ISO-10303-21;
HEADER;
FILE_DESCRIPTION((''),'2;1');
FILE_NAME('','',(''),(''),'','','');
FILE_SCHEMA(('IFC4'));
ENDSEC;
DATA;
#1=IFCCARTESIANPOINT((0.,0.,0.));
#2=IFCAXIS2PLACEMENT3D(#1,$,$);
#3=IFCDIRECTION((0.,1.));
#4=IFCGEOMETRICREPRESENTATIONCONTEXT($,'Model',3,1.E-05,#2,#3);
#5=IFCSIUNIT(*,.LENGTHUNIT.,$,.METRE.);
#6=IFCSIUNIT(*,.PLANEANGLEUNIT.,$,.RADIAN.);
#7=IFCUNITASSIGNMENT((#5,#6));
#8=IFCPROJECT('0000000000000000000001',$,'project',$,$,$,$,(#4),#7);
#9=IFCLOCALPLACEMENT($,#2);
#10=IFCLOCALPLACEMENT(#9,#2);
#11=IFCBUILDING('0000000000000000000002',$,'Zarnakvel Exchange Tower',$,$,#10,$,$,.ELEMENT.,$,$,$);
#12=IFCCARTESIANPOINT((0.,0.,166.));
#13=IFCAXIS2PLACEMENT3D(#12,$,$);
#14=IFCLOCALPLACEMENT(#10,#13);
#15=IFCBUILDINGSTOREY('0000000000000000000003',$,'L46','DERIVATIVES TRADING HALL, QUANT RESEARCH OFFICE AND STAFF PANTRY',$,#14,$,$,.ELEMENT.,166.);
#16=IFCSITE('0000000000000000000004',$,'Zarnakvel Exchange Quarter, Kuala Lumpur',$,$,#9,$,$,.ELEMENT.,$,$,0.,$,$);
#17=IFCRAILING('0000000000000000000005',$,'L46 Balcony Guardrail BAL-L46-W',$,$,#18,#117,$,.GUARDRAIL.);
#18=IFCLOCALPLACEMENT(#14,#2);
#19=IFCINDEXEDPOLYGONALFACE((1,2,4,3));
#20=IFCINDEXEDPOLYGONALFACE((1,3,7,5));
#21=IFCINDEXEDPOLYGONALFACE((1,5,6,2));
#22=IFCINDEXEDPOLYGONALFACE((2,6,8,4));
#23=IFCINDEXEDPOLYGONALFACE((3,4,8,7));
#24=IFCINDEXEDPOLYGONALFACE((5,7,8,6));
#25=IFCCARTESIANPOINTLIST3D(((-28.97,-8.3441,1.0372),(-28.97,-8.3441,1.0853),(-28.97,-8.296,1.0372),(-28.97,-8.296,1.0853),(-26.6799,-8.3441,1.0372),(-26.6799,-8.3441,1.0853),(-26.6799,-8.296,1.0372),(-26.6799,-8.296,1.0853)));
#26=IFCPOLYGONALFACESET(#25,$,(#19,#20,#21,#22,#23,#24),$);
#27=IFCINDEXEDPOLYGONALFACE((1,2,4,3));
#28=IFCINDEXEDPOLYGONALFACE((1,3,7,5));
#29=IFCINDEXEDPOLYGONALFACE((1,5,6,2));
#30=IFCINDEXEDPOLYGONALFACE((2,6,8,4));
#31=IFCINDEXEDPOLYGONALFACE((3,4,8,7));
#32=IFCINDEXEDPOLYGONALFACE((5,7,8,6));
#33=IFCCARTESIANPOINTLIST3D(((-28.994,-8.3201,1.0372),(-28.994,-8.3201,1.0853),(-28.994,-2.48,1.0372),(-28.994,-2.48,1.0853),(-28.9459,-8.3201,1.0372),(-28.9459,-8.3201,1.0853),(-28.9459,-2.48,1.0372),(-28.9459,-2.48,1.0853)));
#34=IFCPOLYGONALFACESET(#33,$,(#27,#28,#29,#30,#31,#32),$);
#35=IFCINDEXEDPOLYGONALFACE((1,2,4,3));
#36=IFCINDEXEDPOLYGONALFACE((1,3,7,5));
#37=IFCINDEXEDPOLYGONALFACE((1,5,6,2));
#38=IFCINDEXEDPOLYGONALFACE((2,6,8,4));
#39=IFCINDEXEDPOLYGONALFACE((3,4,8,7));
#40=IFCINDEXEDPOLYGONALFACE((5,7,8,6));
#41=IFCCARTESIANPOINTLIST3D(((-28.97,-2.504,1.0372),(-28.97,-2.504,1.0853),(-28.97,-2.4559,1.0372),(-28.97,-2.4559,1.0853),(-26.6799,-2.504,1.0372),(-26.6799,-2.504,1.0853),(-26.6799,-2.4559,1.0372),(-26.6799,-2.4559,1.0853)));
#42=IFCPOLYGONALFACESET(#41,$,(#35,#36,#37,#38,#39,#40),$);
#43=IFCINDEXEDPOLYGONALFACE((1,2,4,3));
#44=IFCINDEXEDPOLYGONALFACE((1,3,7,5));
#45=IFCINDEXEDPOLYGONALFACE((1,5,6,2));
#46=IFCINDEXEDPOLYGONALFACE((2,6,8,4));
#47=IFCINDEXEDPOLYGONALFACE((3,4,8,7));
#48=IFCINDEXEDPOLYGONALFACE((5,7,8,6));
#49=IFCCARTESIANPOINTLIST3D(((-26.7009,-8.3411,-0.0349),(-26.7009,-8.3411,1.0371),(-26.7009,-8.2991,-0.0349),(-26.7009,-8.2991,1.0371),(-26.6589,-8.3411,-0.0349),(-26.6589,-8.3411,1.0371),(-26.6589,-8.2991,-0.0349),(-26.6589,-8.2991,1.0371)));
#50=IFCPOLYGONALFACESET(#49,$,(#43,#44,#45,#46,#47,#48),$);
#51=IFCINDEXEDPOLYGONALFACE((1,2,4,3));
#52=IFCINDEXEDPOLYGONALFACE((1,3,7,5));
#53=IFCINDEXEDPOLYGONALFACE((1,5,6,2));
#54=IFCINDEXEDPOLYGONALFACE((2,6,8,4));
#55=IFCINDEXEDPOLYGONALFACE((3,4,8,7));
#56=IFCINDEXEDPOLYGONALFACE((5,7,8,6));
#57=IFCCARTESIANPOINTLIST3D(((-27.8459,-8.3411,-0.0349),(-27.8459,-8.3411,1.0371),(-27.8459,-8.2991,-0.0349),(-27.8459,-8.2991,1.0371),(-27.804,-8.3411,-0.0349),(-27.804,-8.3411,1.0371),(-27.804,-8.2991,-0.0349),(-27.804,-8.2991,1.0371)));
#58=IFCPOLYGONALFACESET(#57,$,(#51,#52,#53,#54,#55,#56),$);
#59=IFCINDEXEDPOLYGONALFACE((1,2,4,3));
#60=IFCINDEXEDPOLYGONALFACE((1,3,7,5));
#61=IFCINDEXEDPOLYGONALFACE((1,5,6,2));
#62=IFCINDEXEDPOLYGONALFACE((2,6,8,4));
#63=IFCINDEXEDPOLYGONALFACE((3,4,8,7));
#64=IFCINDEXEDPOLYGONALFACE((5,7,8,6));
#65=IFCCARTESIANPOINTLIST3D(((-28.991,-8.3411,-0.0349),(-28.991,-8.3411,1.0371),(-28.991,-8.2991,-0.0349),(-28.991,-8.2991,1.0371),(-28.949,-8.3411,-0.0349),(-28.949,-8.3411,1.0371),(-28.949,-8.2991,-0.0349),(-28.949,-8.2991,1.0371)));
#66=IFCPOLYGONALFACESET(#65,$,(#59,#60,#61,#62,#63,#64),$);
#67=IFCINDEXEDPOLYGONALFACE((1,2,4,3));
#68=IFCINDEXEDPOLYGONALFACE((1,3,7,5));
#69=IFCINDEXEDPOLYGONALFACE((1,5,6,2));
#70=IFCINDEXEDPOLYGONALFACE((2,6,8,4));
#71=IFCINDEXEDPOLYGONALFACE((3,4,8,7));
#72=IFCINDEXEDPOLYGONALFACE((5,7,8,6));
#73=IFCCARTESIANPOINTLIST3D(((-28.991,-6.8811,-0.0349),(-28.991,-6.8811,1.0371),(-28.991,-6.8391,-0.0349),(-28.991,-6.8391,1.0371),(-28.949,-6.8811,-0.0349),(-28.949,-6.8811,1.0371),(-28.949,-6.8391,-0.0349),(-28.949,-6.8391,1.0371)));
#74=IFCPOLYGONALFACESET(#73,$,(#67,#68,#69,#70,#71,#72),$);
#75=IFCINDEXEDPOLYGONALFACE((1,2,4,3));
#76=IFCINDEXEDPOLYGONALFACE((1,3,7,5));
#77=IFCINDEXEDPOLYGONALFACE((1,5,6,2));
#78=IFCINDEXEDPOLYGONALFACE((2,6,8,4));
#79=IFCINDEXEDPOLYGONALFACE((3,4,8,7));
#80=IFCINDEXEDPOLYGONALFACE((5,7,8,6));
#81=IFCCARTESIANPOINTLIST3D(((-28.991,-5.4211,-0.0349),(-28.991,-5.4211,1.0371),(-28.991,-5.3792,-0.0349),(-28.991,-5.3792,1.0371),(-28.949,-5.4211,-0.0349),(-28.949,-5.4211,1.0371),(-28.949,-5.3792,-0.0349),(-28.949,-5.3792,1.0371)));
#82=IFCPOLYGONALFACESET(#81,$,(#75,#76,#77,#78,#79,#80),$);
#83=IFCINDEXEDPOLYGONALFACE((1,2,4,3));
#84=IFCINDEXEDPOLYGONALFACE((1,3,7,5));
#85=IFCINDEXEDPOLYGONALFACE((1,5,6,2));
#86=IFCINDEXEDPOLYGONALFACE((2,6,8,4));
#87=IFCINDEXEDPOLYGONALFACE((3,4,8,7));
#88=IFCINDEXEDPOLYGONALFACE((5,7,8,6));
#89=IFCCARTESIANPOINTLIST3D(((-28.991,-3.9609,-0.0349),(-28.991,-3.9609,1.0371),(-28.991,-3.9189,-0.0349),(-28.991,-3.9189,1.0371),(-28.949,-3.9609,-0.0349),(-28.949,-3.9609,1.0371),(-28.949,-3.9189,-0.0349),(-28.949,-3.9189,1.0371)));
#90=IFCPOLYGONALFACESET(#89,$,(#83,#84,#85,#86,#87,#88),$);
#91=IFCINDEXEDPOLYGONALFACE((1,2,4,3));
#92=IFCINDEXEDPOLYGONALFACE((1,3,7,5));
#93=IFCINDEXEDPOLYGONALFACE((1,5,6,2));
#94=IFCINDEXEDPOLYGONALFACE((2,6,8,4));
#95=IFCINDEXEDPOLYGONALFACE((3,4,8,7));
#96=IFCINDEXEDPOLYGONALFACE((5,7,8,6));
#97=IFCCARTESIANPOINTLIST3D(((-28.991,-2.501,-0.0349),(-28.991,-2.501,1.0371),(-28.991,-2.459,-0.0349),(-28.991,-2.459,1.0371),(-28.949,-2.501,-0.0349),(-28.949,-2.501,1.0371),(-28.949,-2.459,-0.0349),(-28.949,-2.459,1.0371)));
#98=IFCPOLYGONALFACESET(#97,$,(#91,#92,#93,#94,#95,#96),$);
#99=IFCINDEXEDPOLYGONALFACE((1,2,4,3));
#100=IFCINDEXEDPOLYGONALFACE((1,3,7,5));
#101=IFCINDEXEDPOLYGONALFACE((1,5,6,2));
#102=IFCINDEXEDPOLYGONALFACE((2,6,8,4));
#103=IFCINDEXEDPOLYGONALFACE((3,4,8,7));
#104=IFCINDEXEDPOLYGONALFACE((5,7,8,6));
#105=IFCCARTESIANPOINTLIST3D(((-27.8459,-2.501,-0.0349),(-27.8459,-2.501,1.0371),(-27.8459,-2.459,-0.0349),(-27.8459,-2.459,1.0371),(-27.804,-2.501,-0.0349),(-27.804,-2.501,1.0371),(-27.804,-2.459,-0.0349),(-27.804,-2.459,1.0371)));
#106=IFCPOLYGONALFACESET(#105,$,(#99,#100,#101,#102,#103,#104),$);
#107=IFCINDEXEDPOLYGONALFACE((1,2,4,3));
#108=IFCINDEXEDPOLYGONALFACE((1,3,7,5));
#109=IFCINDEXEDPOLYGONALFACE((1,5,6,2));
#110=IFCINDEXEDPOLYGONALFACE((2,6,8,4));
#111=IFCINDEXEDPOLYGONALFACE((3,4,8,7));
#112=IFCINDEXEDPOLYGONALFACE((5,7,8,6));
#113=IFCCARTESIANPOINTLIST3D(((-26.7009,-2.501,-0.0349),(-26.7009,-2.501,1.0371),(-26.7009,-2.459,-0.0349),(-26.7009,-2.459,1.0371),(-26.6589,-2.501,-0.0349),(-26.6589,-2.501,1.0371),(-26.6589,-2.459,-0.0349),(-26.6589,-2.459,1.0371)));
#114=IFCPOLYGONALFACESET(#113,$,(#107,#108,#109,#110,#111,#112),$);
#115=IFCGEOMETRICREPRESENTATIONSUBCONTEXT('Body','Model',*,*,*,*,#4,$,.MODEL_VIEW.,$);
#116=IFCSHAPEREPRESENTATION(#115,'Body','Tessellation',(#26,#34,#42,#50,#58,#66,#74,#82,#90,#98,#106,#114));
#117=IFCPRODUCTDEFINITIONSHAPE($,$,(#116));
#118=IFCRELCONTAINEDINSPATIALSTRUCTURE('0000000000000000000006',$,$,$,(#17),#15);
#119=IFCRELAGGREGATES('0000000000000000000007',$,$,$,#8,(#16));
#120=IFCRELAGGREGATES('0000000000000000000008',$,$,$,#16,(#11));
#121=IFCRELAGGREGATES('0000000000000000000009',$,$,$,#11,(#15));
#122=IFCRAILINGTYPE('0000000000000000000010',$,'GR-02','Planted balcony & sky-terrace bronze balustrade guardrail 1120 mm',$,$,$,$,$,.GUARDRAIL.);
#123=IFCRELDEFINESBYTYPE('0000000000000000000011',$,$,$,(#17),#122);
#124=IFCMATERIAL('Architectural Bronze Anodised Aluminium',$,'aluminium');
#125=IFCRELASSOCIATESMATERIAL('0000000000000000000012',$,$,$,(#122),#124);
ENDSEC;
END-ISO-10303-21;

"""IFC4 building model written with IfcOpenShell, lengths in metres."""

from ifc_helpers import new_model, si_unit, direction, frame, origin, origin_2d, place, context, subcontext, project, spatial, rectangle, extrude, material, type_object, element, save


model = new_model("IFC4")

# Units and contexts
model_context = context("Model", 3, precision=1e-05, world=origin(), true_north=direction((0.0, 1.0)))
body_context = subcontext(model_context, "Body", "Model", "MODEL_VIEW")
ifc_project = project(units=[si_unit("LENGTHUNIT", "METRE"), si_unit("PLANEANGLEUNIT", "RADIAN")], contexts=[model_context])

# Site, building, storey
site_placement = place(None, origin())
site = spatial("IfcSite", under=ifc_project, at=site_placement, Name="Zarnakvel Exchange Quarter, Kuala Lumpur", CompositionType="ELEMENT", RefElevation=0.0)
building_placement = place(site_placement, origin())
building = spatial("IfcBuilding", under=site, at=building_placement, Name="Zarnakvel Exchange Tower", CompositionType="ELEMENT")
storey_placement = place(building_placement, frame((0.0, 0.0, 166.0)))
storey = spatial("IfcBuildingStorey", under=building, at=storey_placement, Name="L46", Description="DERIVATIVES TRADING HALL, QUANT RESEARCH OFFICE AND STAFF PANTRY", CompositionType="ELEMENT", Elevation=166.0)

# Shared definitions
ifc_material_1 = material(Name="Architectural Bronze Anodised Aluminium", Category="aluminium")

# Railing
railing_type = type_object("IfcRailingType", Name="GR-02", Description="Planted balcony & sky-terrace bronze balustrade guardrail 1120 mm", PredefinedType="GUARDRAIL", material=ifc_material_1)
railing_placement = place(storey_placement, frame((-26.6799, -8.3201, -0.0349)))
element("IfcRailing", 1, at=railing_placement, inside=storey, type_object=railing_type, Name="L46 Balcony Guardrail BAL-L46-W", PredefinedType="GUARDRAIL", context=body_context, shape_type="SweptSolid", body=[
    extrude(rectangle(XDim=0.0481, YDim=0.0481, at=origin_2d()), frame((0.0, 0.0, 1.0962), z_axis=(-1.0, 0.0, 0.0), x_axis=(0.0, -1.0, 0.0)), (0.0, 0.0, 1.0), 2.29),
    extrude(rectangle(XDim=0.0481, YDim=0.0481, at=origin_2d()), frame((-2.29, 0.0, 1.0962), z_axis=(0.0, 1.0, 0.0), x_axis=(-1.0, 0.0, 0.0)), (0.0, 0.0, 1.0), 5.8401),
    extrude(rectangle(XDim=0.0481, YDim=0.0481, at=origin_2d()), frame((-2.29, 5.8401, 1.0962), z_axis=(1.0, 0.0, 0.0), x_axis=(0.0, 1.0, 0.0)), (0.0, 0.0, 1.0), 2.29),
    extrude(rectangle(XDim=0.042, YDim=0.042, at=origin_2d()), origin(), (0.0, 0.0, 1.0), 1.072),
    extrude(rectangle(XDim=0.042, YDim=0.042, at=origin_2d()), frame((-1.145, 0.0, 0.0)), (0.0, 0.0, 1.0), 1.072),
    extrude(rectangle(XDim=0.042, YDim=0.042, at=origin_2d()), frame((-2.29, 0.0, 0.0)), (0.0, 0.0, 1.0), 1.072),
    extrude(rectangle(XDim=0.042, YDim=0.042, at=origin_2d()), frame((-2.29, 1.46, 0.0)), (0.0, 0.0, 1.0), 1.072),
    extrude(rectangle(XDim=0.042, YDim=0.042, at=origin_2d()), frame((-2.29, 2.9199, 0.0)), (0.0, 0.0, 1.0), 1.072),
    extrude(rectangle(XDim=0.042, YDim=0.042, at=origin_2d()), frame((-2.29, 4.3801, 0.0)), (0.0, 0.0, 1.0), 1.072),
    extrude(rectangle(XDim=0.042, YDim=0.042, at=origin_2d()), frame((-2.29, 5.8401, 0.0)), (0.0, 0.0, 1.0), 1.072),
    extrude(rectangle(XDim=0.042, YDim=0.042, at=origin_2d()), frame((-1.145, 5.8401, 0.0)), (0.0, 0.0, 1.0), 1.072),
    extrude(rectangle(XDim=0.042, YDim=0.042, at=origin_2d()), frame((0.0, 5.8401, 0.0)), (0.0, 0.0, 1.0), 1.072),
])

save(model, "model.ifc")
